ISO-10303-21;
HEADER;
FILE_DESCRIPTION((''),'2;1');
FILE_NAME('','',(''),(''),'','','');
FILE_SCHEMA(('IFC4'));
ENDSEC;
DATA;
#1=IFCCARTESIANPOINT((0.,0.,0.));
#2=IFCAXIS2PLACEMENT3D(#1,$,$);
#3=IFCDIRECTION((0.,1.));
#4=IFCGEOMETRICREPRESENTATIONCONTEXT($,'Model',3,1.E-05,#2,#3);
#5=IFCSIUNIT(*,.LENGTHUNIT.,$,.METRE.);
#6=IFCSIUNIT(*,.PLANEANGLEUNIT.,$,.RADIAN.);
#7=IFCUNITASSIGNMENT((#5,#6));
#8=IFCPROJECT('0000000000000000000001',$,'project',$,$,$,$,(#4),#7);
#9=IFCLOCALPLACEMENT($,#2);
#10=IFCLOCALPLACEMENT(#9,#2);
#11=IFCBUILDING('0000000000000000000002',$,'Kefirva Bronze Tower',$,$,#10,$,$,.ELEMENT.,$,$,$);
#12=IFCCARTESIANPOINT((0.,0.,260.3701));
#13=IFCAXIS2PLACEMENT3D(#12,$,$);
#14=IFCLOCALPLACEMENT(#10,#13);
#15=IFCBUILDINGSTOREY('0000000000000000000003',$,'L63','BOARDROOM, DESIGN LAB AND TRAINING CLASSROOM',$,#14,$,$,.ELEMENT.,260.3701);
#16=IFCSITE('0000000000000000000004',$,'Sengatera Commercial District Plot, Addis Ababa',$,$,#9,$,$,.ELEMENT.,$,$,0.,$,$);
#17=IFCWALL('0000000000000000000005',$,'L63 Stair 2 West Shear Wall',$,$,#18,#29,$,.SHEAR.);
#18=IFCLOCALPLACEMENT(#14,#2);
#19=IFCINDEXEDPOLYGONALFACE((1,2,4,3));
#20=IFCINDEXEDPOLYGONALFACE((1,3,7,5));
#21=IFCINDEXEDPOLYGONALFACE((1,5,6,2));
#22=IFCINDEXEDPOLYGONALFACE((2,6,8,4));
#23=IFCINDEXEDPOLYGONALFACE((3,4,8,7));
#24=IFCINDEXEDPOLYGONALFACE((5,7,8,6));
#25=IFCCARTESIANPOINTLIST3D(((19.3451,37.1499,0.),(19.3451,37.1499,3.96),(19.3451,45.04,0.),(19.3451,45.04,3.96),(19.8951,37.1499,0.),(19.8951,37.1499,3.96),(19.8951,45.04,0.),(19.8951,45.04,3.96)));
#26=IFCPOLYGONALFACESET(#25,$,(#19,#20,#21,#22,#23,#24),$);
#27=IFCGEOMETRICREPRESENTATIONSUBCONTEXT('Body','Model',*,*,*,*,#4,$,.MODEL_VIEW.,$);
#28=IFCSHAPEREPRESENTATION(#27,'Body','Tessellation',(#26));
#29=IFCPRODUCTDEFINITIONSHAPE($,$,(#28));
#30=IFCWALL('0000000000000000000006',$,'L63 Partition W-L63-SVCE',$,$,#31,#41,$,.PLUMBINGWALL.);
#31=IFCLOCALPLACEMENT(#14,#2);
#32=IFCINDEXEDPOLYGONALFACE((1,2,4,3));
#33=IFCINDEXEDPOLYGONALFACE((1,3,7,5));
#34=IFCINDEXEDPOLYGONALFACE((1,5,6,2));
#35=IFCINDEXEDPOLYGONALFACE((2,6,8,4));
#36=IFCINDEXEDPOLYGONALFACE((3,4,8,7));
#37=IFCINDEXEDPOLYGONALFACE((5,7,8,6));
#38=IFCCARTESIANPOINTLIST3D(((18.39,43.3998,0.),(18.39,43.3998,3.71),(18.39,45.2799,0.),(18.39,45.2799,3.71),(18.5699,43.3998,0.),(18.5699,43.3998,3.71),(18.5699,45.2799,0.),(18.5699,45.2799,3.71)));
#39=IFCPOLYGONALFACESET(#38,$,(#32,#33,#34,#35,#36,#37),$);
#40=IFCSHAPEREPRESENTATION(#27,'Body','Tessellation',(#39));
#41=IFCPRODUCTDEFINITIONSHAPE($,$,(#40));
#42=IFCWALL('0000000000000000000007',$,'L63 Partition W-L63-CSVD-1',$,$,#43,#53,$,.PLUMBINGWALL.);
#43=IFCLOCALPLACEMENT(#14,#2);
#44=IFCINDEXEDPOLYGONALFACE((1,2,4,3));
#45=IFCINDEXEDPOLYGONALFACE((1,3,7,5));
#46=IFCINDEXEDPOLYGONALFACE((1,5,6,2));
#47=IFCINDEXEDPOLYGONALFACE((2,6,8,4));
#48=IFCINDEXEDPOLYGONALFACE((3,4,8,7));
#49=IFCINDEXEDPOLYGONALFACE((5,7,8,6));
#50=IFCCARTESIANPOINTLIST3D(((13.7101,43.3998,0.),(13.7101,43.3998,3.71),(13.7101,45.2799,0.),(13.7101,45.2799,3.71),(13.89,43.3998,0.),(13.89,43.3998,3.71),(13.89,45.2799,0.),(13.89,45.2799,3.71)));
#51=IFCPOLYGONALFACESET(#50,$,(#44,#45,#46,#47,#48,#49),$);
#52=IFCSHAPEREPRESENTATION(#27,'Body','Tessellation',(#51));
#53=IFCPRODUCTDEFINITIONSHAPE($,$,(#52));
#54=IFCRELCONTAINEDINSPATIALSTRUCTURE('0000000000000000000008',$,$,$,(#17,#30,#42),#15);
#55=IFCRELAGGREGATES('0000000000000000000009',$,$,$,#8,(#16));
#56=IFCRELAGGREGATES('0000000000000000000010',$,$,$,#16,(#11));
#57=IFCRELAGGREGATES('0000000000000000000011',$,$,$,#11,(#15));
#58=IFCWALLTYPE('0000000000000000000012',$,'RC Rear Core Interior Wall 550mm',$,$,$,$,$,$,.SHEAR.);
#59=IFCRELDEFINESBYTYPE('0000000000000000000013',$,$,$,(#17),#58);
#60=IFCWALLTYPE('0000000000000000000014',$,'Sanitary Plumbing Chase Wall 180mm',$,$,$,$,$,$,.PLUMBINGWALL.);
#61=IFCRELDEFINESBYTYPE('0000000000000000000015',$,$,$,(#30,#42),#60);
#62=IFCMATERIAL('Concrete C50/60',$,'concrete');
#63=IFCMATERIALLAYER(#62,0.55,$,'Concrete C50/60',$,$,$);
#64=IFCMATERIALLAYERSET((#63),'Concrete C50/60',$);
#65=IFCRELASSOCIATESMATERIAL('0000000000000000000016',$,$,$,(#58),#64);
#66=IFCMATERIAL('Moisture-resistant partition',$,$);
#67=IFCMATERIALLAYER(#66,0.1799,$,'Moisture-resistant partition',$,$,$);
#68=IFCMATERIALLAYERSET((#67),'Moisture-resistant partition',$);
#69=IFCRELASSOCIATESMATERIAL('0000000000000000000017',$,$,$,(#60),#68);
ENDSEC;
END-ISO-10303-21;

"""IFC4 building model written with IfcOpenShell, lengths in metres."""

from ifc_helpers import new_model, si_unit, direction, frame, frame_2d, origin, place, context, subcontext, project, spatial, rectangle, extrude, material, layer, layer_set, type_object, element, save


model = new_model("IFC4")

# Units and contexts
model_context = context("Model", 3, precision=1e-05, world=origin(), true_north=direction((0.0, 1.0)))
body_context = subcontext(model_context, "Body", "Model", "MODEL_VIEW")
ifc_project = project(units=[si_unit("LENGTHUNIT", "METRE"), si_unit("PLANEANGLEUNIT", "RADIAN")], contexts=[model_context])

# Site, building, storey
site_placement = place(None, origin())
site = spatial("IfcSite", under=ifc_project, at=site_placement, Name="Sengatera Commercial District Plot, Addis Ababa", CompositionType="ELEMENT", RefElevation=0.0)
building_placement = place(site_placement, origin())
building = spatial("IfcBuilding", under=site, at=building_placement, Name="Kefirva Bronze Tower", CompositionType="ELEMENT")
storey_placement = place(building_placement, frame((0.0, 0.0, 260.3701)))
storey = spatial("IfcBuildingStorey", under=building, at=storey_placement, Name="L63", Description="BOARDROOM, DESIGN LAB AND TRAINING CLASSROOM", CompositionType="ELEMENT", Elevation=260.3701)

# Shared definitions
ifc_material_1 = material(Name="Concrete C50/60", Category="concrete")

# Walls
ifc_layer_1 = layer(ifc_material_1, 0.55, Name="Concrete C50/60")
ifc_layer_set_1 = layer_set([ifc_layer_1], Name="Concrete C50/60")
wall_type_1 = type_object("IfcWallType", Name="RC Rear Core Interior Wall 550mm", PredefinedType="SHEAR", material=ifc_layer_set_1)
wall_1_placement = place(storey_placement, frame((19.6201, 37.1499, 0.0), z_axis=(0.0, 0.0, 1.0), x_axis=(0.0, 1.0, 0.0)))
element("IfcWall", 1, at=wall_1_placement, inside=storey, type_object=wall_type_1, Name="L63 Stair 2 West Shear Wall", PredefinedType="SHEAR", context=body_context, shape_type="SweptSolid", body=[
    extrude(rectangle(XDim=7.8901, YDim=0.55, at=frame_2d((3.9451, 0.0))), origin(), (0.0, 0.0, 1.0), 3.96),
])
ifc_material_2 = material(Name="Moisture-resistant partition")
ifc_layer_2 = layer(ifc_material_2, 0.1799, Name="Moisture-resistant partition")
ifc_layer_set_2 = layer_set([ifc_layer_2], Name="Moisture-resistant partition")
wall_type_2 = type_object("IfcWallType", Name="Sanitary Plumbing Chase Wall 180mm", PredefinedType="PLUMBINGWALL", material=ifc_layer_set_2)
for number, where, z_axis, x_axis, name in (
    (2, (18.48, 43.3999, 0.0), (0.0, 0.0, 1.0), (0.0, 1.0, 0.0), "L63 Partition W-L63-SVCE"),
    (3, (13.8, 43.3999, 0.0), (0.0, 0.0, 1.0), (0.0, 1.0, 0.0), "L63 Partition W-L63-CSVD-1"),
):
    element("IfcWall", number, at=place(storey_placement, frame(where, z_axis=z_axis, x_axis=x_axis)), inside=storey, type_object=wall_type_2, Name=name, PredefinedType="PLUMBINGWALL", context=body_context, shape_type="SweptSolid", body=[
        extrude(rectangle(XDim=1.8801, YDim=0.1799, at=frame_2d((0.9399, 0.0))), origin(), (0.0, 0.0, 1.0), 3.71),
    ])

save(model, "model.ifc")
